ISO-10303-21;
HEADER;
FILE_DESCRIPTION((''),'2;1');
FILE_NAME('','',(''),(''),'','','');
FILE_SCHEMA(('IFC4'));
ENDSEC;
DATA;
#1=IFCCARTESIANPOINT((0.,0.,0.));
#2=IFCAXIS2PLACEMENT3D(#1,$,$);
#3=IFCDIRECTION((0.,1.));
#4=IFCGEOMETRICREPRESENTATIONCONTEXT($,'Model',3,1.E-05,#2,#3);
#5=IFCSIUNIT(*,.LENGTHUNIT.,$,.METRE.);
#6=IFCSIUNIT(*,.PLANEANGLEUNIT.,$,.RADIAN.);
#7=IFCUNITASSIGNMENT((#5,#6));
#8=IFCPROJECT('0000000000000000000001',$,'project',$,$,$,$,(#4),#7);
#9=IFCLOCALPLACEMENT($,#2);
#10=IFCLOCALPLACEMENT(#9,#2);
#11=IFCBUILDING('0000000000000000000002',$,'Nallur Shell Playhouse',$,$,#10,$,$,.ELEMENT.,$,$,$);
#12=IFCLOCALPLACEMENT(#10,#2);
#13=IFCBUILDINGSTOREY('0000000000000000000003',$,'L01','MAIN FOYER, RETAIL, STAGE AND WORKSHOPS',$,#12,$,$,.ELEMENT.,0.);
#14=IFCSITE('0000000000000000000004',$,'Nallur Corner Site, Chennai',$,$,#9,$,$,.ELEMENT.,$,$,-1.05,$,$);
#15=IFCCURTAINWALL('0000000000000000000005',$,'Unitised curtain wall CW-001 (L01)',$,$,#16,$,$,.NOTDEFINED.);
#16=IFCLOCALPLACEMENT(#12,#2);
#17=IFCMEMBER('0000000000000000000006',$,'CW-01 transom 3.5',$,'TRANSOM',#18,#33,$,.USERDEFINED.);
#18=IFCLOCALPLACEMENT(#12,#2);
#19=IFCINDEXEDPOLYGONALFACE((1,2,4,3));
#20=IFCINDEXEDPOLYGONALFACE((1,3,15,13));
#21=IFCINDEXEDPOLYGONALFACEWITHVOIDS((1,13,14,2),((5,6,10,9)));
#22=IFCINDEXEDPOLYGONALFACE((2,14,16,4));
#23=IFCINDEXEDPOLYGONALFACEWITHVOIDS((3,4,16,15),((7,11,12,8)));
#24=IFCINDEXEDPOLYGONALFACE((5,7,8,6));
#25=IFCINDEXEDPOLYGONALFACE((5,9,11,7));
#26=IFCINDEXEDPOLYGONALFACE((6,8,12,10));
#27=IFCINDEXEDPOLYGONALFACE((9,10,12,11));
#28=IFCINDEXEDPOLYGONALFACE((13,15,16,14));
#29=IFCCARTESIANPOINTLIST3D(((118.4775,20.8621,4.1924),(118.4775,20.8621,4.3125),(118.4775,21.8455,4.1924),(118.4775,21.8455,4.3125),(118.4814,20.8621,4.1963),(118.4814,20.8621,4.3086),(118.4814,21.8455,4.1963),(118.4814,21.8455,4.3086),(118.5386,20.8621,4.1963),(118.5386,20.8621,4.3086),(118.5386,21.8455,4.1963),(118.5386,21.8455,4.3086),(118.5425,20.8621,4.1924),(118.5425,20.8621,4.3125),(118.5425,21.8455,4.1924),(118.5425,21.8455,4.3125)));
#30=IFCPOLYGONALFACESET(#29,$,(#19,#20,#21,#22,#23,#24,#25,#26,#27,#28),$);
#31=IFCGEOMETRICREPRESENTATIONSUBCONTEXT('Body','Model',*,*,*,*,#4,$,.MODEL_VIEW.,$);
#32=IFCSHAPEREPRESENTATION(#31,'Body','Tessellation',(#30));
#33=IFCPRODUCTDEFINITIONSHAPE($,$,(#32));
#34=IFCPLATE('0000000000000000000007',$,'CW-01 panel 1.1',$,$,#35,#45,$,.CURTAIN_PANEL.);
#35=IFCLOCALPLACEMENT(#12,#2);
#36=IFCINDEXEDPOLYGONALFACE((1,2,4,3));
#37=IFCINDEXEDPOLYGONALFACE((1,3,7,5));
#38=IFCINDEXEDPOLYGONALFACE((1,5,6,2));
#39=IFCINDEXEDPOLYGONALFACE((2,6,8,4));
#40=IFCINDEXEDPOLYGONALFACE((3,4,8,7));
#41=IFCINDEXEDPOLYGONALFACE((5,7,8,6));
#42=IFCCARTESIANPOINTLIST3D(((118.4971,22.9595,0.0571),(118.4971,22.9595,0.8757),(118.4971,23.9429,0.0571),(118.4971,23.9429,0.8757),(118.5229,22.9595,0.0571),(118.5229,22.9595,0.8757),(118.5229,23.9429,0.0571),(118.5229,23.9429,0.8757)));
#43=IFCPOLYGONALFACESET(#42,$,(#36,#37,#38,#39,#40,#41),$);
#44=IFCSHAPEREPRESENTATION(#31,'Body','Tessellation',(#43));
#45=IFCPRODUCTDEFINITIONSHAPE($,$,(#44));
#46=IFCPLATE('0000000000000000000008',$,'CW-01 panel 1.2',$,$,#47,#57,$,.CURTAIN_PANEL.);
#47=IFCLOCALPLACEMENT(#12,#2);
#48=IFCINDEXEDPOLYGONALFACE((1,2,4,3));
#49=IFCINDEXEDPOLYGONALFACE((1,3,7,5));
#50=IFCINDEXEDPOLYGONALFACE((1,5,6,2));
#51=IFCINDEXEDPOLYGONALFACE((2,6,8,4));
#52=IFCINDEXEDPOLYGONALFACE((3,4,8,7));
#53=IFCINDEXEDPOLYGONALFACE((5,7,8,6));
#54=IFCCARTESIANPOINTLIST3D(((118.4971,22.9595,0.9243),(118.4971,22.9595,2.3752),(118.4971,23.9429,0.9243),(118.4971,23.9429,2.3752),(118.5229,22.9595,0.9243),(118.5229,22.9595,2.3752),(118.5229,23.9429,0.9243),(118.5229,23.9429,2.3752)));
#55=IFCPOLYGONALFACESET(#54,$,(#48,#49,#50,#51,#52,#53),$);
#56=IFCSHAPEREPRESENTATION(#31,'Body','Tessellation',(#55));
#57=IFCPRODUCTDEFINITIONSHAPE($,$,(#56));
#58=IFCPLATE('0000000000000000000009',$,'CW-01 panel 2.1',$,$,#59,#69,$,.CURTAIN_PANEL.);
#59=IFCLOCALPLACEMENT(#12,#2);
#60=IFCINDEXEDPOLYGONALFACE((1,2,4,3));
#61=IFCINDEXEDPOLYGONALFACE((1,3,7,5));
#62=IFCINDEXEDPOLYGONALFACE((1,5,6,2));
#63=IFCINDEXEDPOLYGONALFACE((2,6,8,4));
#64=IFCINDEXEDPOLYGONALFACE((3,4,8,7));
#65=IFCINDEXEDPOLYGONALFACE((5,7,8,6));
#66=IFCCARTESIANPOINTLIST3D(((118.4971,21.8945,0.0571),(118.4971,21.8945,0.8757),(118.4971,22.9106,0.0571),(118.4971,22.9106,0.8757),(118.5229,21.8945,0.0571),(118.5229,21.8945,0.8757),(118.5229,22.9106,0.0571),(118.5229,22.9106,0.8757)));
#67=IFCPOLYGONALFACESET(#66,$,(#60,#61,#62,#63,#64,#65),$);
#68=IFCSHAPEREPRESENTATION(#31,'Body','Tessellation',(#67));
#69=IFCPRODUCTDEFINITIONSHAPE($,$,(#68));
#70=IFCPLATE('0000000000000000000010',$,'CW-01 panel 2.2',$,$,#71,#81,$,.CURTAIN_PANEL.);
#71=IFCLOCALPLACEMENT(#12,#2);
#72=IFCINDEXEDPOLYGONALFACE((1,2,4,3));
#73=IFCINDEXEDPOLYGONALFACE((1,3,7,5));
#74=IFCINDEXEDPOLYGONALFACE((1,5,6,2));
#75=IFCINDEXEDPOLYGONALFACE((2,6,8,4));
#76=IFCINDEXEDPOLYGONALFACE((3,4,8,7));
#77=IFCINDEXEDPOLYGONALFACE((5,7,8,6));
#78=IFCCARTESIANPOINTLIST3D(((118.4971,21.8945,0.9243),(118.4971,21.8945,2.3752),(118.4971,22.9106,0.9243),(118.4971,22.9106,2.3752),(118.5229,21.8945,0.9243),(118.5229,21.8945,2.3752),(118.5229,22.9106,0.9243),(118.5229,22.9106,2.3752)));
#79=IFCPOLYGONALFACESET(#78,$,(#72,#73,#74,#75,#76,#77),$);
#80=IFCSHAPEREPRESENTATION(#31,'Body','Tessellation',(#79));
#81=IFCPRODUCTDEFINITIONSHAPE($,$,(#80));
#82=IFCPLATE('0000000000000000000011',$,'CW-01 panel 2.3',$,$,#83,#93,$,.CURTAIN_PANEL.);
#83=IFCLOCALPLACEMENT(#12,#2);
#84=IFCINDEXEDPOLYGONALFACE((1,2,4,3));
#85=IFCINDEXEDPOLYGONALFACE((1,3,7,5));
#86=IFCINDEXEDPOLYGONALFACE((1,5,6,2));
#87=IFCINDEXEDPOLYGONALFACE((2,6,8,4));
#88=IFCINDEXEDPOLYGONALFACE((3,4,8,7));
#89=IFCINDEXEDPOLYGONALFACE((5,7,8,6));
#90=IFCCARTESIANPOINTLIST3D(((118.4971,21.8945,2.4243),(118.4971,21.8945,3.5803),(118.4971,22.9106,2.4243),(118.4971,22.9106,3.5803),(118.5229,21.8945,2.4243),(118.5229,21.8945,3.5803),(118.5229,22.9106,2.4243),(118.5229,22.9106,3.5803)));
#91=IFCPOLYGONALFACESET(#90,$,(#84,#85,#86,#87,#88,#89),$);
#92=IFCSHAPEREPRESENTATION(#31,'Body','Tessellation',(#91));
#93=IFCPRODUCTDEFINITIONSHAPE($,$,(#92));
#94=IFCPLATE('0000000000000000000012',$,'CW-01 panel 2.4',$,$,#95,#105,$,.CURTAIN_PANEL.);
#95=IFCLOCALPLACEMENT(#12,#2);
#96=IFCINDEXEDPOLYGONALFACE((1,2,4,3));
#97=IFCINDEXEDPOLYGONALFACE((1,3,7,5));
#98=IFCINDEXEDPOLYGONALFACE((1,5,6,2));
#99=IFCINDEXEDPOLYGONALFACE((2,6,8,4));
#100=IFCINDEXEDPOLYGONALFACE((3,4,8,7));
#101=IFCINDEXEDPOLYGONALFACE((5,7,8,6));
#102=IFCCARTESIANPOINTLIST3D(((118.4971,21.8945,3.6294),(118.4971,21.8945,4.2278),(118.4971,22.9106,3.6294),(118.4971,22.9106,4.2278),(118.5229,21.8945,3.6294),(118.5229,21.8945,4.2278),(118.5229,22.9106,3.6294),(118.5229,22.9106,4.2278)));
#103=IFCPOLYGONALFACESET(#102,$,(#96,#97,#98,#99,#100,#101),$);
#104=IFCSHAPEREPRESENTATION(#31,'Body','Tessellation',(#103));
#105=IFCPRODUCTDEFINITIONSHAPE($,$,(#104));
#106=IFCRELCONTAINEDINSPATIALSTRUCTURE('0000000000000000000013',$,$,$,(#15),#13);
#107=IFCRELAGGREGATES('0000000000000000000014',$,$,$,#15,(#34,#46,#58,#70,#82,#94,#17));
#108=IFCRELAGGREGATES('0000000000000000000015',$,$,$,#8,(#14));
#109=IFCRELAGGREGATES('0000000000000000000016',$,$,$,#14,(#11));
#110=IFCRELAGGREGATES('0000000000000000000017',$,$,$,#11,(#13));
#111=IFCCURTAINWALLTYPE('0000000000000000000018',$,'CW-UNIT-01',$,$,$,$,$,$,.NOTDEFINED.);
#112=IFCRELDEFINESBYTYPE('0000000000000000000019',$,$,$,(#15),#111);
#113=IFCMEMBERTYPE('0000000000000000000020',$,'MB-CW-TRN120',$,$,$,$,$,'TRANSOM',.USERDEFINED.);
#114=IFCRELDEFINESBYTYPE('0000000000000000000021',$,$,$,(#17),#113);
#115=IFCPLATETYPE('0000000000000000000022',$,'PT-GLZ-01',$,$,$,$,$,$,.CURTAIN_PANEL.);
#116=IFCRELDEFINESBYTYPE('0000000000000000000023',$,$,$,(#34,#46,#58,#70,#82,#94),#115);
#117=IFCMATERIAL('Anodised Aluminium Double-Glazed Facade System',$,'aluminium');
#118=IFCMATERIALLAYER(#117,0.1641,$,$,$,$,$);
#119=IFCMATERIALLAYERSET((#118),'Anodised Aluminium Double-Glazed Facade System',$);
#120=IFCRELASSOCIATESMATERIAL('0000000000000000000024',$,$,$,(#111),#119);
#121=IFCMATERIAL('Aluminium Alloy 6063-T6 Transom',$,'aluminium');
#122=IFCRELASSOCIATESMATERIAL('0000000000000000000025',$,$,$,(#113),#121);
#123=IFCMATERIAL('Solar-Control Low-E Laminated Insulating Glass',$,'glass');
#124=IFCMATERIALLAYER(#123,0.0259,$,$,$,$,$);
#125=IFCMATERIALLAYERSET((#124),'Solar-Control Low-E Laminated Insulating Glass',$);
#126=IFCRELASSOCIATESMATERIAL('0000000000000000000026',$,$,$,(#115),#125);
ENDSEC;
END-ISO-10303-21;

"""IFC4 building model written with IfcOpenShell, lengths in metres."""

from ifc_helpers import new_model, si_unit, direction, frame, origin, origin_2d, place, context, subcontext, project, spatial, rectangle, hollow_rectangle, extrude, material, layer, layer_set, material_profile, profile_set, type_object, element, aggregate, save


model = new_model("IFC4")

# Units and contexts
model_context = context("Model", 3, precision=1e-05, world=origin(), true_north=direction((0.0, 1.0)))
body_context = subcontext(model_context, "Body", "Model", "MODEL_VIEW")
ifc_project = project(units=[si_unit("LENGTHUNIT", "METRE"), si_unit("PLANEANGLEUNIT", "RADIAN")], contexts=[model_context])

# Site, building, storey
site_placement = place(None, origin())
site = spatial("IfcSite", under=ifc_project, at=site_placement, Name="Nallur Corner Site, Chennai", CompositionType="ELEMENT", RefElevation=-1.05)
building_placement = place(site_placement, origin())
building = spatial("IfcBuilding", under=site, at=building_placement, Name="Nallur Shell Playhouse", CompositionType="ELEMENT")
storey_placement = place(building_placement, origin())
storey = spatial("IfcBuildingStorey", under=building, at=storey_placement, Name="L01", Description="MAIN FOYER, RETAIL, STAGE AND WORKSHOPS", CompositionType="ELEMENT", Elevation=0.0)

# Curtain wall, member, plates
ifc_material_1 = material(Name="Anodised Aluminium Double-Glazed Facade System", Category="aluminium")
ifc_layer_1 = layer(ifc_material_1, 0.1641)
ifc_layer_set_1 = layer_set([ifc_layer_1], Name="Anodised Aluminium Double-Glazed Facade System")
curtain_wall_type = type_object("IfcCurtainWallType", Name="CW-UNIT-01", PredefinedType="NOTDEFINED", material=ifc_layer_set_1)
curtain_wall_placement = place(storey_placement, origin())
curtain_wall = element("IfcCurtainWall", 1, at=curtain_wall_placement, inside=storey, type_object=curtain_wall_type, Name="Unitised curtain wall CW-001 (L01)", PredefinedType="NOTDEFINED")
ifc_material_2 = material(Name="Aluminium Alloy 6063-T6 Transom", Category="aluminium")
ifc_material_profile_1 = material_profile(ifc_material_2, hollow_rectangle(XDim=0.0649, YDim=0.1201, WallThickness=0.0039, at=origin_2d()), Name="ALU 65x120x4")
ifc_profile_set_1 = profile_set([ifc_material_profile_1], Name="Aluminium Alloy 6063-T6 Transom")
member_type_1 = type_object("IfcMemberType", Name="MB-CW-TRN120", ElementType="TRANSOM", PredefinedType="USERDEFINED", material=ifc_profile_set_1)
member_1_placement = place(storey_placement, frame((118.51, 21.8455, 4.2524), z_axis=(0.0, -1.0, 0.0), x_axis=(1.0, 0.0, 0.0)))
member_1 = element("IfcMember", 2, at=member_1_placement, type_object=member_type_1, Name="CW-01 transom 3.5", ObjectType="TRANSOM", PredefinedType="USERDEFINED", context=body_context, shape_type="SweptSolid", body=[
    extrude(hollow_rectangle(XDim=0.0649, YDim=0.1201, WallThickness=0.0039, at=origin_2d()), origin(), (0.0, 0.0, 1.0), 0.9834),
])
ifc_material_3 = material(Name="Solar-Control Low-E Laminated Insulating Glass", Category="glass")
ifc_layer_2 = layer(ifc_material_3, 0.0259)
ifc_layer_set_2 = layer_set([ifc_layer_2], Name="Solar-Control Low-E Laminated Insulating Glass")
plate_type = type_object("IfcPlateType", Name="PT-GLZ-01", PredefinedType="CURTAIN_PANEL", material=ifc_layer_set_2)
plate_1_placement = place(storey_placement, frame((118.51, 23.4512, 0.0571), z_axis=(0.0, 0.0, 1.0), x_axis=(0.0, -1.0, 0.0)))
plate_1 = element("IfcPlate", 3, at=plate_1_placement, type_object=plate_type, Name="CW-01 panel 1.1", PredefinedType="CURTAIN_PANEL", context=body_context, shape_type="SweptSolid", body=[
    extrude(rectangle(XDim=0.9834, YDim=0.0259, at=origin_2d()), origin(), (0.0, 0.0, 1.0), 0.8186),
])
plate_2_placement = place(storey_placement, frame((118.51, 23.4512, 0.9243), z_axis=(0.0, 0.0, 1.0), x_axis=(0.0, -1.0, 0.0)))
plate_2 = element("IfcPlate", 4, at=plate_2_placement, type_object=plate_type, Name="CW-01 panel 1.2", PredefinedType="CURTAIN_PANEL", context=body_context, shape_type="SweptSolid", body=[
    extrude(rectangle(XDim=0.9834, YDim=0.0259, at=origin_2d()), origin(), (0.0, 0.0, 1.0), 1.4509),
])
plate_3_placement = place(storey_placement, frame((118.51, 22.4026, 0.0571), z_axis=(0.0, 0.0, 1.0), x_axis=(0.0, -1.0, 0.0)))
plate_3 = element("IfcPlate", 5, at=plate_3_placement, type_object=plate_type, Name="CW-01 panel 2.1", PredefinedType="CURTAIN_PANEL", context=body_context, shape_type="SweptSolid", body=[
    extrude(rectangle(XDim=1.0161, YDim=0.0259, at=origin_2d()), origin(), (0.0, 0.0, 1.0), 0.8186),
])
plate_4_placement = place(storey_placement, frame((118.51, 22.4026, 0.9243), z_axis=(0.0, 0.0, 1.0), x_axis=(0.0, -1.0, 0.0)))
plate_4 = element("IfcPlate", 6, at=plate_4_placement, type_object=plate_type, Name="CW-01 panel 2.2", PredefinedType="CURTAIN_PANEL", context=body_context, shape_type="SweptSolid", body=[
    extrude(rectangle(XDim=1.0161, YDim=0.0259, at=origin_2d()), origin(), (0.0, 0.0, 1.0), 1.4509),
])
plate_5_placement = place(storey_placement, frame((118.51, 22.4026, 2.4243), z_axis=(0.0, 0.0, 1.0), x_axis=(0.0, -1.0, 0.0)))
plate_5 = element("IfcPlate", 7, at=plate_5_placement, type_object=plate_type, Name="CW-01 panel 2.3", PredefinedType="CURTAIN_PANEL", context=body_context, shape_type="SweptSolid", body=[
    extrude(rectangle(XDim=1.0161, YDim=0.0259, at=origin_2d()), origin(), (0.0, 0.0, 1.0), 1.156),
])
plate_6_placement = place(storey_placement, frame((118.51, 22.4026, 3.6294), z_axis=(0.0, 0.0, 1.0), x_axis=(0.0, -1.0, 0.0)))
plate_6 = element("IfcPlate", 8, at=plate_6_placement, type_object=plate_type, Name="CW-01 panel 2.4", PredefinedType="CURTAIN_PANEL", context=body_context, shape_type="SweptSolid", body=[
    extrude(rectangle(XDim=1.0161, YDim=0.0259, at=origin_2d()), origin(), (0.0, 0.0, 1.0), 0.5984),
])
aggregate(curtain_wall, [plate_1, plate_2, plate_3, plate_4, plate_5, plate_6, member_1])

save(model, "model.ifc")
